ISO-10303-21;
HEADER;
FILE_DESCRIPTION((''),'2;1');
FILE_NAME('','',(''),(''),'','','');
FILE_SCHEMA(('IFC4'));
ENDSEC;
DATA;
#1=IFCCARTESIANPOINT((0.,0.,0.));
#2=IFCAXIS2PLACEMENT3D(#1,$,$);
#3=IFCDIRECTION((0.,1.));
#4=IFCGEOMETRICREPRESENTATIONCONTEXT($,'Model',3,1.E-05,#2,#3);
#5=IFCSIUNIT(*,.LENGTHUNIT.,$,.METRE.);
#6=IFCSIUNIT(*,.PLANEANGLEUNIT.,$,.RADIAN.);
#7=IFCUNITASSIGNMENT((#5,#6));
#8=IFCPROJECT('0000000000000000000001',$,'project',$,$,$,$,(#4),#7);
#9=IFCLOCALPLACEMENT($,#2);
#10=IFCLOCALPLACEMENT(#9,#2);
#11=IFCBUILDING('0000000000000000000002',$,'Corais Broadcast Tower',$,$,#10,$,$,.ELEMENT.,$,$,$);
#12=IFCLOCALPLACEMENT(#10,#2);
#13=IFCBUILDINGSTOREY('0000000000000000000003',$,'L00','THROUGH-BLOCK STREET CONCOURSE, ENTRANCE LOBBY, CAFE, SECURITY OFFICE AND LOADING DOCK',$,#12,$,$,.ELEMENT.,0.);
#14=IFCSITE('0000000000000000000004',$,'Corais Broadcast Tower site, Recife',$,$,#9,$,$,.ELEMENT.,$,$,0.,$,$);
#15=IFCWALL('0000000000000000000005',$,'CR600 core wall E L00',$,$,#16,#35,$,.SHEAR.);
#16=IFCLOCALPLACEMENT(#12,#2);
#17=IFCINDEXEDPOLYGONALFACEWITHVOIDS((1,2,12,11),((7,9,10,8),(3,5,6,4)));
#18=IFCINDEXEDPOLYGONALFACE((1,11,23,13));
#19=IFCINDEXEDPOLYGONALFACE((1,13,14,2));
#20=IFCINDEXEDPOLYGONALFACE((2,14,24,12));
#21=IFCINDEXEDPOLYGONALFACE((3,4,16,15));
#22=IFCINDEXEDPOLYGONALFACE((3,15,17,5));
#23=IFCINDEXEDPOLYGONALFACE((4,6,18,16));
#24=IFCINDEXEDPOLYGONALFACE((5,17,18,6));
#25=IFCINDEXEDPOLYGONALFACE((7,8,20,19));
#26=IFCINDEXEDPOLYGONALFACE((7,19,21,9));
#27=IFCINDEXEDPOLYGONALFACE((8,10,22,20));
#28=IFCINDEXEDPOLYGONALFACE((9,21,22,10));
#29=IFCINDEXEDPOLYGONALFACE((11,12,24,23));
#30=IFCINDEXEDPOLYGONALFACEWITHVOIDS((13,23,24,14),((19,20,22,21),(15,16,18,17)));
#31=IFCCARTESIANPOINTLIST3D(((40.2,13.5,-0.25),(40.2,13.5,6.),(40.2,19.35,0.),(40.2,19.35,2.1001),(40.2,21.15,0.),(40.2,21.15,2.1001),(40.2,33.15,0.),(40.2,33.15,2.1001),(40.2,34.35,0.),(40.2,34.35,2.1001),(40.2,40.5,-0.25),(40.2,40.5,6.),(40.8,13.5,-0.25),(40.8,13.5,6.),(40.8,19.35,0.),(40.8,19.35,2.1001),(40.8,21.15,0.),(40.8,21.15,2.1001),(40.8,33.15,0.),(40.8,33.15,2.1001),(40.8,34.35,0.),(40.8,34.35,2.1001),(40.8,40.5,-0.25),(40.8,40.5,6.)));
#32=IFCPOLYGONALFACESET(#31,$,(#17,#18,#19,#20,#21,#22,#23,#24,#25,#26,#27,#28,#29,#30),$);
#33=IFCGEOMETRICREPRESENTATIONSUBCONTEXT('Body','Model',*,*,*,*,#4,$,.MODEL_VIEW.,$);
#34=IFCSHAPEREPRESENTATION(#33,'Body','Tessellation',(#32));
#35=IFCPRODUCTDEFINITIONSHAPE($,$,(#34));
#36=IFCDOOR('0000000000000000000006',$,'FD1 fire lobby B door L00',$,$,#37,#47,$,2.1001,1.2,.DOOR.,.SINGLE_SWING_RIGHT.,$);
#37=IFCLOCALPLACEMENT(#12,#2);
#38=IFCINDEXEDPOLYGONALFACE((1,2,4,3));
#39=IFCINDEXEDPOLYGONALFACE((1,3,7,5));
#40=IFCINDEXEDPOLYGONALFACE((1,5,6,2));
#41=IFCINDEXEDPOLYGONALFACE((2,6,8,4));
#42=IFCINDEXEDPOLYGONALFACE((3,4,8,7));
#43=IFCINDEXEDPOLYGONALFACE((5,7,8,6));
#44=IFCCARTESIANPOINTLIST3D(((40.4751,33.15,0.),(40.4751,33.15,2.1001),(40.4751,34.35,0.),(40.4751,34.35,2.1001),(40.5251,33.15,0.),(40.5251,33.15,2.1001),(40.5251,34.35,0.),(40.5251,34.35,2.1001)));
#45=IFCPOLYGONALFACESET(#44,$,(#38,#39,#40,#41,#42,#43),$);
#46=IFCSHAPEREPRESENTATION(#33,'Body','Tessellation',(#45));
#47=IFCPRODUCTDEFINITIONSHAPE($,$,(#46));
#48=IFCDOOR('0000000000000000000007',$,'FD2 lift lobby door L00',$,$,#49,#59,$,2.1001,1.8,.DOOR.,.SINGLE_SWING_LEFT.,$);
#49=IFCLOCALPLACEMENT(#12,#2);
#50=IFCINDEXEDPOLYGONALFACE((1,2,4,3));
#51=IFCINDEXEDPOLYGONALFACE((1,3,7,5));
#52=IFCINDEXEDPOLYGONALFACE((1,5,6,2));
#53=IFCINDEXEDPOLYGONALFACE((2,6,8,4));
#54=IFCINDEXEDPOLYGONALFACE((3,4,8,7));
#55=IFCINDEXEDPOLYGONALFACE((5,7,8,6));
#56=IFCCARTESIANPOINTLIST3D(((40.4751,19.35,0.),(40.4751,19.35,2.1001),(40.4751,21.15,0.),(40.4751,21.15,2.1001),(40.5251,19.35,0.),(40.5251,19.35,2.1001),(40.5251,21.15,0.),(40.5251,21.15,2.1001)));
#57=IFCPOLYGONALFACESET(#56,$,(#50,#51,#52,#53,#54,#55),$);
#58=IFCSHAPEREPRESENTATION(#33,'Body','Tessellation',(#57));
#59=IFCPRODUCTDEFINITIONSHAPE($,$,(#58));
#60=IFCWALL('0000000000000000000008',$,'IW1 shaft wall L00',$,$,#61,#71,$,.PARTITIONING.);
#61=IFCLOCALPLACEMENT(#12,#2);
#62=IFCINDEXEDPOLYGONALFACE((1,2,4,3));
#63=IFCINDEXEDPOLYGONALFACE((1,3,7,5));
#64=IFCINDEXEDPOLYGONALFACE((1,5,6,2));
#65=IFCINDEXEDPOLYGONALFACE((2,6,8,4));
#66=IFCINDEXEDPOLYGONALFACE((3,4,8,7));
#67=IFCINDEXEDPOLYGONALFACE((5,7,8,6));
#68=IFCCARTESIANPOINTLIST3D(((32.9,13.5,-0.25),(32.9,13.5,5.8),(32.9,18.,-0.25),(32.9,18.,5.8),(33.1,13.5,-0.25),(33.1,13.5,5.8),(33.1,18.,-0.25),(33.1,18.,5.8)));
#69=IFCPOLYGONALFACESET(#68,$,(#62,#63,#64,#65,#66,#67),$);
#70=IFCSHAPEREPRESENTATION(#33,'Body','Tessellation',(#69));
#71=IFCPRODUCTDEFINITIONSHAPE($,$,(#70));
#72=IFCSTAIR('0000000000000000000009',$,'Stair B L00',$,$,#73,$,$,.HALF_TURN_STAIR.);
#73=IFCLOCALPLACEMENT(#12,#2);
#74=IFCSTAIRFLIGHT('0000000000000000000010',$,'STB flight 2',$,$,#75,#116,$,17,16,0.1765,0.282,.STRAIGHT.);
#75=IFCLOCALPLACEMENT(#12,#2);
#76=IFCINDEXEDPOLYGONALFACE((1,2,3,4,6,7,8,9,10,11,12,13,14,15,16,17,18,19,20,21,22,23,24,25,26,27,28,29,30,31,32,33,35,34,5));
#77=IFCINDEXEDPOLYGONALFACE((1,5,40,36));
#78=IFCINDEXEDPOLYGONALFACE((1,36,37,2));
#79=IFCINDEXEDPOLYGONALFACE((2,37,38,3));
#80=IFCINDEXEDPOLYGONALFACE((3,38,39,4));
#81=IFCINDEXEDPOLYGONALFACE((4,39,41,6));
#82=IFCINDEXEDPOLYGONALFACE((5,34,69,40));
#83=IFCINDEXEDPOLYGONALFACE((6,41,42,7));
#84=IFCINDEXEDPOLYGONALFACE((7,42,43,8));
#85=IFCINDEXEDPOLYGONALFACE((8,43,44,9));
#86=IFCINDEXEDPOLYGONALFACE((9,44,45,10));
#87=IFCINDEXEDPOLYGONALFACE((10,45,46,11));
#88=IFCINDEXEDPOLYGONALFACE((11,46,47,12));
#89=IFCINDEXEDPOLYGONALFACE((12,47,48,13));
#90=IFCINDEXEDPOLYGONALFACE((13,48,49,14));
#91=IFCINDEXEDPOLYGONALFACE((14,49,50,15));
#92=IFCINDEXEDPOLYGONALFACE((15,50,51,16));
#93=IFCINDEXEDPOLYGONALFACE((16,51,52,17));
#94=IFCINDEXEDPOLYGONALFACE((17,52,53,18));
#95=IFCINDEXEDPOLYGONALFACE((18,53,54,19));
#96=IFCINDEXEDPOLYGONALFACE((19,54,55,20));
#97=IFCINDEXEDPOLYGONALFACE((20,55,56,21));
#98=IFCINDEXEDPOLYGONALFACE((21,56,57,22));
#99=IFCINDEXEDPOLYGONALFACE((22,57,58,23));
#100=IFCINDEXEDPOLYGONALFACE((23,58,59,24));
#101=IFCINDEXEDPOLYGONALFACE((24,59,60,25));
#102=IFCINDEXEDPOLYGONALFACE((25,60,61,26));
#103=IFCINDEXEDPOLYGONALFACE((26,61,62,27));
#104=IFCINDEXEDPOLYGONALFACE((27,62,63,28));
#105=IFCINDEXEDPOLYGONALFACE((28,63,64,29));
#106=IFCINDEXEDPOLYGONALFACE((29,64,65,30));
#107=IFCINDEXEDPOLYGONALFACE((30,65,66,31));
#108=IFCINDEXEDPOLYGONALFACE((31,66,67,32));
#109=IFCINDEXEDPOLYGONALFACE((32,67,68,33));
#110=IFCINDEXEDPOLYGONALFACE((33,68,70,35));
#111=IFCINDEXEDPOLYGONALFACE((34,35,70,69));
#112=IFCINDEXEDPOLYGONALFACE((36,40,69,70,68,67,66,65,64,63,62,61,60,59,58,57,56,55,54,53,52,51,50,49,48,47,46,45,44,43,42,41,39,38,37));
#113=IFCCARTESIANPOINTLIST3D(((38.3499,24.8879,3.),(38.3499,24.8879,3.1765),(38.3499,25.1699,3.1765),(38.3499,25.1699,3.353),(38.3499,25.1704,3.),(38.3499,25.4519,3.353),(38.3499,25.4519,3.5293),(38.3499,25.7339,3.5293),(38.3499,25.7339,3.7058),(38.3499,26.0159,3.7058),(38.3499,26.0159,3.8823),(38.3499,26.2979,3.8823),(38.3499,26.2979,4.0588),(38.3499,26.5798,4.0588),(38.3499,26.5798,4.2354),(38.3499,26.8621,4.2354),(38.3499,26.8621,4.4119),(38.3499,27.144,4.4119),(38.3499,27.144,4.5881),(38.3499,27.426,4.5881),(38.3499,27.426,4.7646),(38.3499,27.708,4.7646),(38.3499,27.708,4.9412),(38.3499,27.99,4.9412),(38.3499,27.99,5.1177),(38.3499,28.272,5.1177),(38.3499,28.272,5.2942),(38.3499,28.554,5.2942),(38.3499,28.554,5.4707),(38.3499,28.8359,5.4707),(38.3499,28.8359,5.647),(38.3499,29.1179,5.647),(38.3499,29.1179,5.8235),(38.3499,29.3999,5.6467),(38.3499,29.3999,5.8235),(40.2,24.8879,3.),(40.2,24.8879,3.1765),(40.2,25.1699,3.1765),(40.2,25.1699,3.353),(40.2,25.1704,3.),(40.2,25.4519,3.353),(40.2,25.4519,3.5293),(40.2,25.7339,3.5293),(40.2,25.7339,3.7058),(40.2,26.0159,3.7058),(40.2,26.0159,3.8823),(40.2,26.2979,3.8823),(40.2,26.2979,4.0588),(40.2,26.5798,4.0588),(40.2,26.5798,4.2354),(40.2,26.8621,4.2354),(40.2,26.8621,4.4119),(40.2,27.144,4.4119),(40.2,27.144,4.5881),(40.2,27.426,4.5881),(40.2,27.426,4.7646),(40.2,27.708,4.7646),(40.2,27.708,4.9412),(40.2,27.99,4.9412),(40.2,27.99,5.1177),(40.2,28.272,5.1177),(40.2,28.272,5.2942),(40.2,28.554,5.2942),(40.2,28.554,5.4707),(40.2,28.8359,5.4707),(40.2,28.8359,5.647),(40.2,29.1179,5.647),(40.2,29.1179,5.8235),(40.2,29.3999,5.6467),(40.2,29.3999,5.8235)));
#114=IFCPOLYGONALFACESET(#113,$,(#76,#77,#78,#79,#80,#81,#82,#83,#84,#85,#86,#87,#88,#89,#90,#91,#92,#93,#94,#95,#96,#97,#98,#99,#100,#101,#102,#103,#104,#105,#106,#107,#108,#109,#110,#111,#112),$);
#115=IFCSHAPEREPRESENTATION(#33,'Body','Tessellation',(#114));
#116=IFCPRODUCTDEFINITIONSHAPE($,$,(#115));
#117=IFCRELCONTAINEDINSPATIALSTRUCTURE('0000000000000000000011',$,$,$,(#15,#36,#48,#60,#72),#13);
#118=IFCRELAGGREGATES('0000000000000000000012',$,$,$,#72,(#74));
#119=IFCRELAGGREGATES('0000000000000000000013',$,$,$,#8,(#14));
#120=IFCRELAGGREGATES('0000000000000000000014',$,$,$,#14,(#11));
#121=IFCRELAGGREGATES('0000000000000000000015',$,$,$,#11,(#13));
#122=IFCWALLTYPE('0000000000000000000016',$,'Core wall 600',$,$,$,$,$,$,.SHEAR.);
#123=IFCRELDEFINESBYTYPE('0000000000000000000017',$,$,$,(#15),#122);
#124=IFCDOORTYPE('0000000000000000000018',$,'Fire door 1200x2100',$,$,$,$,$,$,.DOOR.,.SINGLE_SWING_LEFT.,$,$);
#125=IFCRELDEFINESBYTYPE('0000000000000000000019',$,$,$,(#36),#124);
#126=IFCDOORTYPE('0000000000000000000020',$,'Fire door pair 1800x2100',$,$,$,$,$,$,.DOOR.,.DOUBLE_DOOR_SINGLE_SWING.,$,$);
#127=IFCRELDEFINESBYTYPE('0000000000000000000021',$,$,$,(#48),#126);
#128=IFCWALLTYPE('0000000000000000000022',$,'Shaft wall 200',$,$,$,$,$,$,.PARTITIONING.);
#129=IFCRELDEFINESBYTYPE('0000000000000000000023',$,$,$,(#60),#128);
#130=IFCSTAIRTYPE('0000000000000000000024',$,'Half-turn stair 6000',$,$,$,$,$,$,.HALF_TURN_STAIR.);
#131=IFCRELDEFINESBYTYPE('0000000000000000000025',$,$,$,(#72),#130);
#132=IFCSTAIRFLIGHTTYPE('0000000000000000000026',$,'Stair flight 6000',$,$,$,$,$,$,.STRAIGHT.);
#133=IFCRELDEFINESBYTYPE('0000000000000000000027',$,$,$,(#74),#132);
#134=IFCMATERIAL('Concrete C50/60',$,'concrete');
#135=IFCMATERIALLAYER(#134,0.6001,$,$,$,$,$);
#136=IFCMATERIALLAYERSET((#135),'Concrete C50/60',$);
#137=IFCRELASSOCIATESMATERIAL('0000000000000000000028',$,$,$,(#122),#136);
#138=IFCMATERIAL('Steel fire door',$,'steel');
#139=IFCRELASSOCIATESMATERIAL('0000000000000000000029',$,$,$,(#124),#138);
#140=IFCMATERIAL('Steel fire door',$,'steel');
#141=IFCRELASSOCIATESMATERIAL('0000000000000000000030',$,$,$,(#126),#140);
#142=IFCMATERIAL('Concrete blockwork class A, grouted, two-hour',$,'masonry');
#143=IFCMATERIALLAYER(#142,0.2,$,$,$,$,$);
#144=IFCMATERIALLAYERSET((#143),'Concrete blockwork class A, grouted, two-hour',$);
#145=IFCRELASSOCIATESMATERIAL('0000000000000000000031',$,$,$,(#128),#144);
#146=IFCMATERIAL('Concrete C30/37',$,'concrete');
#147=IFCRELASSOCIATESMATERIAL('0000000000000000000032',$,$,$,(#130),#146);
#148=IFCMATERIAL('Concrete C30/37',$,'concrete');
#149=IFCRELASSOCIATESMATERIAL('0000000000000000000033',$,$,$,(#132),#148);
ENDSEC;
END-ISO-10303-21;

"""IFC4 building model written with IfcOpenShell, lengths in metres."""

from ifc_helpers import new_model, si_unit, direction, frame, frame_2d, origin, place, context, subcontext, project, spatial, polyline, rectangle, outline, extrude, material, layer, layer_set, type_object, element, fill, aggregate, save


model = new_model("IFC4")

# Units and contexts
model_context = context("Model", 3, precision=1e-05, world=origin(), true_north=direction((0.0, 1.0)))
body_context = subcontext(model_context, "Body", "Model", "MODEL_VIEW")
ifc_project = project(units=[si_unit("LENGTHUNIT", "METRE"), si_unit("PLANEANGLEUNIT", "RADIAN")], contexts=[model_context])

# Site, building, storey
site_placement = place(None, origin())
site = spatial("IfcSite", under=ifc_project, at=site_placement, Name="Corais Broadcast Tower site, Recife", CompositionType="ELEMENT", RefElevation=0.0)
building_placement = place(site_placement, origin())
building = spatial("IfcBuilding", under=site, at=building_placement, Name="Corais Broadcast Tower", CompositionType="ELEMENT")
storey_placement = place(building_placement, origin())
storey = spatial("IfcBuildingStorey", under=building, at=storey_placement, Name="L00", Description="THROUGH-BLOCK STREET CONCOURSE, ENTRANCE LOBBY, CAFE, SECURITY OFFICE AND LOADING DOCK", CompositionType="ELEMENT", Elevation=0.0)

# Wall, openings, doors
ifc_material_1 = material(Name="Concrete C50/60", Category="concrete")
ifc_layer_1 = layer(ifc_material_1, 0.6001)
ifc_layer_set_1 = layer_set([ifc_layer_1], Name="Concrete C50/60")
wall_type_1 = type_object("IfcWallType", Name="Core wall 600", PredefinedType="SHEAR", material=ifc_layer_set_1)
wall_1_placement = place(storey_placement, frame((40.5, 13.5, -0.25), z_axis=(0.0, 0.0, 1.0), x_axis=(0.0, 1.0, 0.0)))
wall_1 = element("IfcWall", 1, at=wall_1_placement, inside=storey, type_object=wall_type_1, Name="CR600 core wall E L00", PredefinedType="SHEAR", context=body_context, shape_type="SweptSolid", body=[
    extrude(rectangle(XDim=27.0, YDim=0.6001, at=frame_2d((13.5, 0.0))), origin(), (0.0, 0.0, 1.0), 6.25),
])
opening_1_placement = place(wall_1_placement, frame((5.8501, 0.0, 0.25)))
opening_1 = element("IfcOpeningElement", 2, at=opening_1_placement, cuts=wall_1, PredefinedType="OPENING", context=body_context, shape_type="SweptSolid", body=[
    extrude(rectangle(XDim=1.8, YDim=2.1001, at=frame_2d((0.8999, 1.05))), frame((0.0, 0.3101, 0.0), z_axis=(0.0, -1.0, 0.0), x_axis=(1.0, 0.0, 0.0)), (0.0, 0.0, 1.0), 0.6201),
])
opening_2_placement = place(wall_1_placement, frame((19.6499, 0.0, 0.25)))
opening_2 = element("IfcOpeningElement", 3, at=opening_2_placement, cuts=wall_1, PredefinedType="OPENING", context=body_context, shape_type="SweptSolid", body=[
    extrude(rectangle(XDim=1.2, YDim=2.1001, at=frame_2d((0.6001, 1.05))), frame((0.0, 0.3101, 0.0), z_axis=(0.0, -1.0, 0.0), x_axis=(1.0, 0.0, 0.0)), (0.0, 0.0, 1.0), 0.6201),
])
ifc_material_2 = material(Name="Steel fire door", Category="steel")
door_type_1 = type_object("IfcDoorType", Name="Fire door 1200x2100", OperationType="SINGLE_SWING_LEFT", PredefinedType="DOOR", material=ifc_material_2)
door_1_placement = place(opening_2_placement, origin())
door_1 = element("IfcDoor", 4, at=door_1_placement, inside=storey, type_object=door_type_1, Name="FD1 fire lobby B door L00", OperationType="SINGLE_SWING_RIGHT", OverallHeight=2.1001, OverallWidth=1.2, PredefinedType="DOOR", context=body_context, shape_type="SweptSolid", body=[
    extrude(rectangle(XDim=1.2, YDim=2.1001, at=frame_2d((0.6001, 1.05))), frame((0.0, 0.0249, 0.0), z_axis=(0.0, -1.0, 0.0), x_axis=(1.0, 0.0, 0.0)), (0.0, 0.0, 1.0), 0.05),
])
fill(opening_2, door_1)
ifc_material_3 = material(Name="Steel fire door", Category="steel")
door_type_2 = type_object("IfcDoorType", Name="Fire door pair 1800x2100", OperationType="DOUBLE_DOOR_SINGLE_SWING", PredefinedType="DOOR", material=ifc_material_3)
door_2_placement = place(opening_1_placement, origin())
door_2 = element("IfcDoor", 5, at=door_2_placement, inside=storey, type_object=door_type_2, Name="FD2 lift lobby door L00", OperationType="SINGLE_SWING_LEFT", OverallHeight=2.1001, OverallWidth=1.8, PredefinedType="DOOR", context=body_context, shape_type="SweptSolid", body=[
    extrude(rectangle(XDim=1.8, YDim=2.1001, at=frame_2d((0.8999, 1.05))), frame((0.0, 0.0249, 0.0), z_axis=(0.0, -1.0, 0.0), x_axis=(1.0, 0.0, 0.0)), (0.0, 0.0, 1.0), 0.05),
])
fill(opening_1, door_2)

# Wall
ifc_material_4 = material(Name="Concrete blockwork class A, grouted, two-hour", Category="masonry")
ifc_layer_2 = layer(ifc_material_4, 0.2)
ifc_layer_set_2 = layer_set([ifc_layer_2], Name="Concrete blockwork class A, grouted, two-hour")
wall_type_2 = type_object("IfcWallType", Name="Shaft wall 200", PredefinedType="PARTITIONING", material=ifc_layer_set_2)
wall_2_placement = place(storey_placement, frame((33.0, 13.5, -0.25), z_axis=(0.0, 0.0, 1.0), x_axis=(0.0, 1.0, 0.0)))
element("IfcWall", 6, at=wall_2_placement, inside=storey, type_object=wall_type_2, Name="IW1 shaft wall L00", PredefinedType="PARTITIONING", context=body_context, shape_type="SweptSolid", body=[
    extrude(rectangle(XDim=4.5, YDim=0.2, at=frame_2d((2.25, 0.0))), origin(), (0.0, 0.0, 1.0), 6.05),
])

# Stair, stair flight
ifc_material_5 = material(Name="Concrete C30/37", Category="concrete")
stair_type = type_object("IfcStairType", Name="Half-turn stair 6000", PredefinedType="HALF_TURN_STAIR", material=ifc_material_5)
stair_placement = place(storey_placement, origin())
stair = element("IfcStair", 7, at=stair_placement, inside=storey, type_object=stair_type, Name="Stair B L00", PredefinedType="HALF_TURN_STAIR")
ifc_material_6 = material(Name="Concrete C30/37", Category="concrete")
stair_flight_type = type_object("IfcStairFlightType", Name="Stair flight 6000", PredefinedType="STRAIGHT", material=ifc_material_6)
stair_flight_placement = place(storey_placement, frame((39.2749, 24.8879, 3.0), z_axis=(0.0, 0.0, 1.0), x_axis=(0.0, 1.0, 0.0)))
stair_flight = element("IfcStairFlight", 8, at=stair_flight_placement, type_object=stair_flight_type, Name="STB flight 2", NumberOfRisers=17, NumberOfTreads=16, PredefinedType="STRAIGHT", RiserHeight=0.1765, TreadLength=0.282, context=body_context, shape_type="SweptSolid", body=[
    extrude(outline(polyline([(0.0, 0.0), (0.0, 0.1765), (0.282, 0.1765), (0.282, 0.353), (0.564, 0.353), (0.564, 0.5293), (0.8459, 0.5293), (0.8459, 0.7058), (1.1279, 0.7058), (1.1279, 0.8823), (1.4099, 0.8823), (1.4099, 1.0588), (1.6919, 1.0588), (1.6919, 1.2354), (1.9741, 1.2354), (1.9741, 1.4119), (2.2561, 1.4119), (2.2561, 1.5881), (2.5381, 1.5881), (2.5381, 1.7646), (2.8201, 1.7646), (2.8201, 1.9412), (3.1021, 1.9412), (3.1021, 2.1177), (3.384, 2.1177), (3.384, 2.2942), (3.666, 2.2942), (3.666, 2.4707), (3.948, 2.4707), (3.948, 2.647), (4.23, 2.647), (4.23, 2.8235), (4.512, 2.8235), (4.512, 3.0), (4.512, 2.6467), (0.2825, 0.0), (0.0, 0.0)])), frame((0.0, 0.925, 0.0), z_axis=(0.0, -1.0, 0.0), x_axis=(1.0, 0.0, 0.0)), (0.0, 0.0, 1.0), 1.8501),
])
aggregate(stair, [stair_flight])

save(model, "model.ifc")
